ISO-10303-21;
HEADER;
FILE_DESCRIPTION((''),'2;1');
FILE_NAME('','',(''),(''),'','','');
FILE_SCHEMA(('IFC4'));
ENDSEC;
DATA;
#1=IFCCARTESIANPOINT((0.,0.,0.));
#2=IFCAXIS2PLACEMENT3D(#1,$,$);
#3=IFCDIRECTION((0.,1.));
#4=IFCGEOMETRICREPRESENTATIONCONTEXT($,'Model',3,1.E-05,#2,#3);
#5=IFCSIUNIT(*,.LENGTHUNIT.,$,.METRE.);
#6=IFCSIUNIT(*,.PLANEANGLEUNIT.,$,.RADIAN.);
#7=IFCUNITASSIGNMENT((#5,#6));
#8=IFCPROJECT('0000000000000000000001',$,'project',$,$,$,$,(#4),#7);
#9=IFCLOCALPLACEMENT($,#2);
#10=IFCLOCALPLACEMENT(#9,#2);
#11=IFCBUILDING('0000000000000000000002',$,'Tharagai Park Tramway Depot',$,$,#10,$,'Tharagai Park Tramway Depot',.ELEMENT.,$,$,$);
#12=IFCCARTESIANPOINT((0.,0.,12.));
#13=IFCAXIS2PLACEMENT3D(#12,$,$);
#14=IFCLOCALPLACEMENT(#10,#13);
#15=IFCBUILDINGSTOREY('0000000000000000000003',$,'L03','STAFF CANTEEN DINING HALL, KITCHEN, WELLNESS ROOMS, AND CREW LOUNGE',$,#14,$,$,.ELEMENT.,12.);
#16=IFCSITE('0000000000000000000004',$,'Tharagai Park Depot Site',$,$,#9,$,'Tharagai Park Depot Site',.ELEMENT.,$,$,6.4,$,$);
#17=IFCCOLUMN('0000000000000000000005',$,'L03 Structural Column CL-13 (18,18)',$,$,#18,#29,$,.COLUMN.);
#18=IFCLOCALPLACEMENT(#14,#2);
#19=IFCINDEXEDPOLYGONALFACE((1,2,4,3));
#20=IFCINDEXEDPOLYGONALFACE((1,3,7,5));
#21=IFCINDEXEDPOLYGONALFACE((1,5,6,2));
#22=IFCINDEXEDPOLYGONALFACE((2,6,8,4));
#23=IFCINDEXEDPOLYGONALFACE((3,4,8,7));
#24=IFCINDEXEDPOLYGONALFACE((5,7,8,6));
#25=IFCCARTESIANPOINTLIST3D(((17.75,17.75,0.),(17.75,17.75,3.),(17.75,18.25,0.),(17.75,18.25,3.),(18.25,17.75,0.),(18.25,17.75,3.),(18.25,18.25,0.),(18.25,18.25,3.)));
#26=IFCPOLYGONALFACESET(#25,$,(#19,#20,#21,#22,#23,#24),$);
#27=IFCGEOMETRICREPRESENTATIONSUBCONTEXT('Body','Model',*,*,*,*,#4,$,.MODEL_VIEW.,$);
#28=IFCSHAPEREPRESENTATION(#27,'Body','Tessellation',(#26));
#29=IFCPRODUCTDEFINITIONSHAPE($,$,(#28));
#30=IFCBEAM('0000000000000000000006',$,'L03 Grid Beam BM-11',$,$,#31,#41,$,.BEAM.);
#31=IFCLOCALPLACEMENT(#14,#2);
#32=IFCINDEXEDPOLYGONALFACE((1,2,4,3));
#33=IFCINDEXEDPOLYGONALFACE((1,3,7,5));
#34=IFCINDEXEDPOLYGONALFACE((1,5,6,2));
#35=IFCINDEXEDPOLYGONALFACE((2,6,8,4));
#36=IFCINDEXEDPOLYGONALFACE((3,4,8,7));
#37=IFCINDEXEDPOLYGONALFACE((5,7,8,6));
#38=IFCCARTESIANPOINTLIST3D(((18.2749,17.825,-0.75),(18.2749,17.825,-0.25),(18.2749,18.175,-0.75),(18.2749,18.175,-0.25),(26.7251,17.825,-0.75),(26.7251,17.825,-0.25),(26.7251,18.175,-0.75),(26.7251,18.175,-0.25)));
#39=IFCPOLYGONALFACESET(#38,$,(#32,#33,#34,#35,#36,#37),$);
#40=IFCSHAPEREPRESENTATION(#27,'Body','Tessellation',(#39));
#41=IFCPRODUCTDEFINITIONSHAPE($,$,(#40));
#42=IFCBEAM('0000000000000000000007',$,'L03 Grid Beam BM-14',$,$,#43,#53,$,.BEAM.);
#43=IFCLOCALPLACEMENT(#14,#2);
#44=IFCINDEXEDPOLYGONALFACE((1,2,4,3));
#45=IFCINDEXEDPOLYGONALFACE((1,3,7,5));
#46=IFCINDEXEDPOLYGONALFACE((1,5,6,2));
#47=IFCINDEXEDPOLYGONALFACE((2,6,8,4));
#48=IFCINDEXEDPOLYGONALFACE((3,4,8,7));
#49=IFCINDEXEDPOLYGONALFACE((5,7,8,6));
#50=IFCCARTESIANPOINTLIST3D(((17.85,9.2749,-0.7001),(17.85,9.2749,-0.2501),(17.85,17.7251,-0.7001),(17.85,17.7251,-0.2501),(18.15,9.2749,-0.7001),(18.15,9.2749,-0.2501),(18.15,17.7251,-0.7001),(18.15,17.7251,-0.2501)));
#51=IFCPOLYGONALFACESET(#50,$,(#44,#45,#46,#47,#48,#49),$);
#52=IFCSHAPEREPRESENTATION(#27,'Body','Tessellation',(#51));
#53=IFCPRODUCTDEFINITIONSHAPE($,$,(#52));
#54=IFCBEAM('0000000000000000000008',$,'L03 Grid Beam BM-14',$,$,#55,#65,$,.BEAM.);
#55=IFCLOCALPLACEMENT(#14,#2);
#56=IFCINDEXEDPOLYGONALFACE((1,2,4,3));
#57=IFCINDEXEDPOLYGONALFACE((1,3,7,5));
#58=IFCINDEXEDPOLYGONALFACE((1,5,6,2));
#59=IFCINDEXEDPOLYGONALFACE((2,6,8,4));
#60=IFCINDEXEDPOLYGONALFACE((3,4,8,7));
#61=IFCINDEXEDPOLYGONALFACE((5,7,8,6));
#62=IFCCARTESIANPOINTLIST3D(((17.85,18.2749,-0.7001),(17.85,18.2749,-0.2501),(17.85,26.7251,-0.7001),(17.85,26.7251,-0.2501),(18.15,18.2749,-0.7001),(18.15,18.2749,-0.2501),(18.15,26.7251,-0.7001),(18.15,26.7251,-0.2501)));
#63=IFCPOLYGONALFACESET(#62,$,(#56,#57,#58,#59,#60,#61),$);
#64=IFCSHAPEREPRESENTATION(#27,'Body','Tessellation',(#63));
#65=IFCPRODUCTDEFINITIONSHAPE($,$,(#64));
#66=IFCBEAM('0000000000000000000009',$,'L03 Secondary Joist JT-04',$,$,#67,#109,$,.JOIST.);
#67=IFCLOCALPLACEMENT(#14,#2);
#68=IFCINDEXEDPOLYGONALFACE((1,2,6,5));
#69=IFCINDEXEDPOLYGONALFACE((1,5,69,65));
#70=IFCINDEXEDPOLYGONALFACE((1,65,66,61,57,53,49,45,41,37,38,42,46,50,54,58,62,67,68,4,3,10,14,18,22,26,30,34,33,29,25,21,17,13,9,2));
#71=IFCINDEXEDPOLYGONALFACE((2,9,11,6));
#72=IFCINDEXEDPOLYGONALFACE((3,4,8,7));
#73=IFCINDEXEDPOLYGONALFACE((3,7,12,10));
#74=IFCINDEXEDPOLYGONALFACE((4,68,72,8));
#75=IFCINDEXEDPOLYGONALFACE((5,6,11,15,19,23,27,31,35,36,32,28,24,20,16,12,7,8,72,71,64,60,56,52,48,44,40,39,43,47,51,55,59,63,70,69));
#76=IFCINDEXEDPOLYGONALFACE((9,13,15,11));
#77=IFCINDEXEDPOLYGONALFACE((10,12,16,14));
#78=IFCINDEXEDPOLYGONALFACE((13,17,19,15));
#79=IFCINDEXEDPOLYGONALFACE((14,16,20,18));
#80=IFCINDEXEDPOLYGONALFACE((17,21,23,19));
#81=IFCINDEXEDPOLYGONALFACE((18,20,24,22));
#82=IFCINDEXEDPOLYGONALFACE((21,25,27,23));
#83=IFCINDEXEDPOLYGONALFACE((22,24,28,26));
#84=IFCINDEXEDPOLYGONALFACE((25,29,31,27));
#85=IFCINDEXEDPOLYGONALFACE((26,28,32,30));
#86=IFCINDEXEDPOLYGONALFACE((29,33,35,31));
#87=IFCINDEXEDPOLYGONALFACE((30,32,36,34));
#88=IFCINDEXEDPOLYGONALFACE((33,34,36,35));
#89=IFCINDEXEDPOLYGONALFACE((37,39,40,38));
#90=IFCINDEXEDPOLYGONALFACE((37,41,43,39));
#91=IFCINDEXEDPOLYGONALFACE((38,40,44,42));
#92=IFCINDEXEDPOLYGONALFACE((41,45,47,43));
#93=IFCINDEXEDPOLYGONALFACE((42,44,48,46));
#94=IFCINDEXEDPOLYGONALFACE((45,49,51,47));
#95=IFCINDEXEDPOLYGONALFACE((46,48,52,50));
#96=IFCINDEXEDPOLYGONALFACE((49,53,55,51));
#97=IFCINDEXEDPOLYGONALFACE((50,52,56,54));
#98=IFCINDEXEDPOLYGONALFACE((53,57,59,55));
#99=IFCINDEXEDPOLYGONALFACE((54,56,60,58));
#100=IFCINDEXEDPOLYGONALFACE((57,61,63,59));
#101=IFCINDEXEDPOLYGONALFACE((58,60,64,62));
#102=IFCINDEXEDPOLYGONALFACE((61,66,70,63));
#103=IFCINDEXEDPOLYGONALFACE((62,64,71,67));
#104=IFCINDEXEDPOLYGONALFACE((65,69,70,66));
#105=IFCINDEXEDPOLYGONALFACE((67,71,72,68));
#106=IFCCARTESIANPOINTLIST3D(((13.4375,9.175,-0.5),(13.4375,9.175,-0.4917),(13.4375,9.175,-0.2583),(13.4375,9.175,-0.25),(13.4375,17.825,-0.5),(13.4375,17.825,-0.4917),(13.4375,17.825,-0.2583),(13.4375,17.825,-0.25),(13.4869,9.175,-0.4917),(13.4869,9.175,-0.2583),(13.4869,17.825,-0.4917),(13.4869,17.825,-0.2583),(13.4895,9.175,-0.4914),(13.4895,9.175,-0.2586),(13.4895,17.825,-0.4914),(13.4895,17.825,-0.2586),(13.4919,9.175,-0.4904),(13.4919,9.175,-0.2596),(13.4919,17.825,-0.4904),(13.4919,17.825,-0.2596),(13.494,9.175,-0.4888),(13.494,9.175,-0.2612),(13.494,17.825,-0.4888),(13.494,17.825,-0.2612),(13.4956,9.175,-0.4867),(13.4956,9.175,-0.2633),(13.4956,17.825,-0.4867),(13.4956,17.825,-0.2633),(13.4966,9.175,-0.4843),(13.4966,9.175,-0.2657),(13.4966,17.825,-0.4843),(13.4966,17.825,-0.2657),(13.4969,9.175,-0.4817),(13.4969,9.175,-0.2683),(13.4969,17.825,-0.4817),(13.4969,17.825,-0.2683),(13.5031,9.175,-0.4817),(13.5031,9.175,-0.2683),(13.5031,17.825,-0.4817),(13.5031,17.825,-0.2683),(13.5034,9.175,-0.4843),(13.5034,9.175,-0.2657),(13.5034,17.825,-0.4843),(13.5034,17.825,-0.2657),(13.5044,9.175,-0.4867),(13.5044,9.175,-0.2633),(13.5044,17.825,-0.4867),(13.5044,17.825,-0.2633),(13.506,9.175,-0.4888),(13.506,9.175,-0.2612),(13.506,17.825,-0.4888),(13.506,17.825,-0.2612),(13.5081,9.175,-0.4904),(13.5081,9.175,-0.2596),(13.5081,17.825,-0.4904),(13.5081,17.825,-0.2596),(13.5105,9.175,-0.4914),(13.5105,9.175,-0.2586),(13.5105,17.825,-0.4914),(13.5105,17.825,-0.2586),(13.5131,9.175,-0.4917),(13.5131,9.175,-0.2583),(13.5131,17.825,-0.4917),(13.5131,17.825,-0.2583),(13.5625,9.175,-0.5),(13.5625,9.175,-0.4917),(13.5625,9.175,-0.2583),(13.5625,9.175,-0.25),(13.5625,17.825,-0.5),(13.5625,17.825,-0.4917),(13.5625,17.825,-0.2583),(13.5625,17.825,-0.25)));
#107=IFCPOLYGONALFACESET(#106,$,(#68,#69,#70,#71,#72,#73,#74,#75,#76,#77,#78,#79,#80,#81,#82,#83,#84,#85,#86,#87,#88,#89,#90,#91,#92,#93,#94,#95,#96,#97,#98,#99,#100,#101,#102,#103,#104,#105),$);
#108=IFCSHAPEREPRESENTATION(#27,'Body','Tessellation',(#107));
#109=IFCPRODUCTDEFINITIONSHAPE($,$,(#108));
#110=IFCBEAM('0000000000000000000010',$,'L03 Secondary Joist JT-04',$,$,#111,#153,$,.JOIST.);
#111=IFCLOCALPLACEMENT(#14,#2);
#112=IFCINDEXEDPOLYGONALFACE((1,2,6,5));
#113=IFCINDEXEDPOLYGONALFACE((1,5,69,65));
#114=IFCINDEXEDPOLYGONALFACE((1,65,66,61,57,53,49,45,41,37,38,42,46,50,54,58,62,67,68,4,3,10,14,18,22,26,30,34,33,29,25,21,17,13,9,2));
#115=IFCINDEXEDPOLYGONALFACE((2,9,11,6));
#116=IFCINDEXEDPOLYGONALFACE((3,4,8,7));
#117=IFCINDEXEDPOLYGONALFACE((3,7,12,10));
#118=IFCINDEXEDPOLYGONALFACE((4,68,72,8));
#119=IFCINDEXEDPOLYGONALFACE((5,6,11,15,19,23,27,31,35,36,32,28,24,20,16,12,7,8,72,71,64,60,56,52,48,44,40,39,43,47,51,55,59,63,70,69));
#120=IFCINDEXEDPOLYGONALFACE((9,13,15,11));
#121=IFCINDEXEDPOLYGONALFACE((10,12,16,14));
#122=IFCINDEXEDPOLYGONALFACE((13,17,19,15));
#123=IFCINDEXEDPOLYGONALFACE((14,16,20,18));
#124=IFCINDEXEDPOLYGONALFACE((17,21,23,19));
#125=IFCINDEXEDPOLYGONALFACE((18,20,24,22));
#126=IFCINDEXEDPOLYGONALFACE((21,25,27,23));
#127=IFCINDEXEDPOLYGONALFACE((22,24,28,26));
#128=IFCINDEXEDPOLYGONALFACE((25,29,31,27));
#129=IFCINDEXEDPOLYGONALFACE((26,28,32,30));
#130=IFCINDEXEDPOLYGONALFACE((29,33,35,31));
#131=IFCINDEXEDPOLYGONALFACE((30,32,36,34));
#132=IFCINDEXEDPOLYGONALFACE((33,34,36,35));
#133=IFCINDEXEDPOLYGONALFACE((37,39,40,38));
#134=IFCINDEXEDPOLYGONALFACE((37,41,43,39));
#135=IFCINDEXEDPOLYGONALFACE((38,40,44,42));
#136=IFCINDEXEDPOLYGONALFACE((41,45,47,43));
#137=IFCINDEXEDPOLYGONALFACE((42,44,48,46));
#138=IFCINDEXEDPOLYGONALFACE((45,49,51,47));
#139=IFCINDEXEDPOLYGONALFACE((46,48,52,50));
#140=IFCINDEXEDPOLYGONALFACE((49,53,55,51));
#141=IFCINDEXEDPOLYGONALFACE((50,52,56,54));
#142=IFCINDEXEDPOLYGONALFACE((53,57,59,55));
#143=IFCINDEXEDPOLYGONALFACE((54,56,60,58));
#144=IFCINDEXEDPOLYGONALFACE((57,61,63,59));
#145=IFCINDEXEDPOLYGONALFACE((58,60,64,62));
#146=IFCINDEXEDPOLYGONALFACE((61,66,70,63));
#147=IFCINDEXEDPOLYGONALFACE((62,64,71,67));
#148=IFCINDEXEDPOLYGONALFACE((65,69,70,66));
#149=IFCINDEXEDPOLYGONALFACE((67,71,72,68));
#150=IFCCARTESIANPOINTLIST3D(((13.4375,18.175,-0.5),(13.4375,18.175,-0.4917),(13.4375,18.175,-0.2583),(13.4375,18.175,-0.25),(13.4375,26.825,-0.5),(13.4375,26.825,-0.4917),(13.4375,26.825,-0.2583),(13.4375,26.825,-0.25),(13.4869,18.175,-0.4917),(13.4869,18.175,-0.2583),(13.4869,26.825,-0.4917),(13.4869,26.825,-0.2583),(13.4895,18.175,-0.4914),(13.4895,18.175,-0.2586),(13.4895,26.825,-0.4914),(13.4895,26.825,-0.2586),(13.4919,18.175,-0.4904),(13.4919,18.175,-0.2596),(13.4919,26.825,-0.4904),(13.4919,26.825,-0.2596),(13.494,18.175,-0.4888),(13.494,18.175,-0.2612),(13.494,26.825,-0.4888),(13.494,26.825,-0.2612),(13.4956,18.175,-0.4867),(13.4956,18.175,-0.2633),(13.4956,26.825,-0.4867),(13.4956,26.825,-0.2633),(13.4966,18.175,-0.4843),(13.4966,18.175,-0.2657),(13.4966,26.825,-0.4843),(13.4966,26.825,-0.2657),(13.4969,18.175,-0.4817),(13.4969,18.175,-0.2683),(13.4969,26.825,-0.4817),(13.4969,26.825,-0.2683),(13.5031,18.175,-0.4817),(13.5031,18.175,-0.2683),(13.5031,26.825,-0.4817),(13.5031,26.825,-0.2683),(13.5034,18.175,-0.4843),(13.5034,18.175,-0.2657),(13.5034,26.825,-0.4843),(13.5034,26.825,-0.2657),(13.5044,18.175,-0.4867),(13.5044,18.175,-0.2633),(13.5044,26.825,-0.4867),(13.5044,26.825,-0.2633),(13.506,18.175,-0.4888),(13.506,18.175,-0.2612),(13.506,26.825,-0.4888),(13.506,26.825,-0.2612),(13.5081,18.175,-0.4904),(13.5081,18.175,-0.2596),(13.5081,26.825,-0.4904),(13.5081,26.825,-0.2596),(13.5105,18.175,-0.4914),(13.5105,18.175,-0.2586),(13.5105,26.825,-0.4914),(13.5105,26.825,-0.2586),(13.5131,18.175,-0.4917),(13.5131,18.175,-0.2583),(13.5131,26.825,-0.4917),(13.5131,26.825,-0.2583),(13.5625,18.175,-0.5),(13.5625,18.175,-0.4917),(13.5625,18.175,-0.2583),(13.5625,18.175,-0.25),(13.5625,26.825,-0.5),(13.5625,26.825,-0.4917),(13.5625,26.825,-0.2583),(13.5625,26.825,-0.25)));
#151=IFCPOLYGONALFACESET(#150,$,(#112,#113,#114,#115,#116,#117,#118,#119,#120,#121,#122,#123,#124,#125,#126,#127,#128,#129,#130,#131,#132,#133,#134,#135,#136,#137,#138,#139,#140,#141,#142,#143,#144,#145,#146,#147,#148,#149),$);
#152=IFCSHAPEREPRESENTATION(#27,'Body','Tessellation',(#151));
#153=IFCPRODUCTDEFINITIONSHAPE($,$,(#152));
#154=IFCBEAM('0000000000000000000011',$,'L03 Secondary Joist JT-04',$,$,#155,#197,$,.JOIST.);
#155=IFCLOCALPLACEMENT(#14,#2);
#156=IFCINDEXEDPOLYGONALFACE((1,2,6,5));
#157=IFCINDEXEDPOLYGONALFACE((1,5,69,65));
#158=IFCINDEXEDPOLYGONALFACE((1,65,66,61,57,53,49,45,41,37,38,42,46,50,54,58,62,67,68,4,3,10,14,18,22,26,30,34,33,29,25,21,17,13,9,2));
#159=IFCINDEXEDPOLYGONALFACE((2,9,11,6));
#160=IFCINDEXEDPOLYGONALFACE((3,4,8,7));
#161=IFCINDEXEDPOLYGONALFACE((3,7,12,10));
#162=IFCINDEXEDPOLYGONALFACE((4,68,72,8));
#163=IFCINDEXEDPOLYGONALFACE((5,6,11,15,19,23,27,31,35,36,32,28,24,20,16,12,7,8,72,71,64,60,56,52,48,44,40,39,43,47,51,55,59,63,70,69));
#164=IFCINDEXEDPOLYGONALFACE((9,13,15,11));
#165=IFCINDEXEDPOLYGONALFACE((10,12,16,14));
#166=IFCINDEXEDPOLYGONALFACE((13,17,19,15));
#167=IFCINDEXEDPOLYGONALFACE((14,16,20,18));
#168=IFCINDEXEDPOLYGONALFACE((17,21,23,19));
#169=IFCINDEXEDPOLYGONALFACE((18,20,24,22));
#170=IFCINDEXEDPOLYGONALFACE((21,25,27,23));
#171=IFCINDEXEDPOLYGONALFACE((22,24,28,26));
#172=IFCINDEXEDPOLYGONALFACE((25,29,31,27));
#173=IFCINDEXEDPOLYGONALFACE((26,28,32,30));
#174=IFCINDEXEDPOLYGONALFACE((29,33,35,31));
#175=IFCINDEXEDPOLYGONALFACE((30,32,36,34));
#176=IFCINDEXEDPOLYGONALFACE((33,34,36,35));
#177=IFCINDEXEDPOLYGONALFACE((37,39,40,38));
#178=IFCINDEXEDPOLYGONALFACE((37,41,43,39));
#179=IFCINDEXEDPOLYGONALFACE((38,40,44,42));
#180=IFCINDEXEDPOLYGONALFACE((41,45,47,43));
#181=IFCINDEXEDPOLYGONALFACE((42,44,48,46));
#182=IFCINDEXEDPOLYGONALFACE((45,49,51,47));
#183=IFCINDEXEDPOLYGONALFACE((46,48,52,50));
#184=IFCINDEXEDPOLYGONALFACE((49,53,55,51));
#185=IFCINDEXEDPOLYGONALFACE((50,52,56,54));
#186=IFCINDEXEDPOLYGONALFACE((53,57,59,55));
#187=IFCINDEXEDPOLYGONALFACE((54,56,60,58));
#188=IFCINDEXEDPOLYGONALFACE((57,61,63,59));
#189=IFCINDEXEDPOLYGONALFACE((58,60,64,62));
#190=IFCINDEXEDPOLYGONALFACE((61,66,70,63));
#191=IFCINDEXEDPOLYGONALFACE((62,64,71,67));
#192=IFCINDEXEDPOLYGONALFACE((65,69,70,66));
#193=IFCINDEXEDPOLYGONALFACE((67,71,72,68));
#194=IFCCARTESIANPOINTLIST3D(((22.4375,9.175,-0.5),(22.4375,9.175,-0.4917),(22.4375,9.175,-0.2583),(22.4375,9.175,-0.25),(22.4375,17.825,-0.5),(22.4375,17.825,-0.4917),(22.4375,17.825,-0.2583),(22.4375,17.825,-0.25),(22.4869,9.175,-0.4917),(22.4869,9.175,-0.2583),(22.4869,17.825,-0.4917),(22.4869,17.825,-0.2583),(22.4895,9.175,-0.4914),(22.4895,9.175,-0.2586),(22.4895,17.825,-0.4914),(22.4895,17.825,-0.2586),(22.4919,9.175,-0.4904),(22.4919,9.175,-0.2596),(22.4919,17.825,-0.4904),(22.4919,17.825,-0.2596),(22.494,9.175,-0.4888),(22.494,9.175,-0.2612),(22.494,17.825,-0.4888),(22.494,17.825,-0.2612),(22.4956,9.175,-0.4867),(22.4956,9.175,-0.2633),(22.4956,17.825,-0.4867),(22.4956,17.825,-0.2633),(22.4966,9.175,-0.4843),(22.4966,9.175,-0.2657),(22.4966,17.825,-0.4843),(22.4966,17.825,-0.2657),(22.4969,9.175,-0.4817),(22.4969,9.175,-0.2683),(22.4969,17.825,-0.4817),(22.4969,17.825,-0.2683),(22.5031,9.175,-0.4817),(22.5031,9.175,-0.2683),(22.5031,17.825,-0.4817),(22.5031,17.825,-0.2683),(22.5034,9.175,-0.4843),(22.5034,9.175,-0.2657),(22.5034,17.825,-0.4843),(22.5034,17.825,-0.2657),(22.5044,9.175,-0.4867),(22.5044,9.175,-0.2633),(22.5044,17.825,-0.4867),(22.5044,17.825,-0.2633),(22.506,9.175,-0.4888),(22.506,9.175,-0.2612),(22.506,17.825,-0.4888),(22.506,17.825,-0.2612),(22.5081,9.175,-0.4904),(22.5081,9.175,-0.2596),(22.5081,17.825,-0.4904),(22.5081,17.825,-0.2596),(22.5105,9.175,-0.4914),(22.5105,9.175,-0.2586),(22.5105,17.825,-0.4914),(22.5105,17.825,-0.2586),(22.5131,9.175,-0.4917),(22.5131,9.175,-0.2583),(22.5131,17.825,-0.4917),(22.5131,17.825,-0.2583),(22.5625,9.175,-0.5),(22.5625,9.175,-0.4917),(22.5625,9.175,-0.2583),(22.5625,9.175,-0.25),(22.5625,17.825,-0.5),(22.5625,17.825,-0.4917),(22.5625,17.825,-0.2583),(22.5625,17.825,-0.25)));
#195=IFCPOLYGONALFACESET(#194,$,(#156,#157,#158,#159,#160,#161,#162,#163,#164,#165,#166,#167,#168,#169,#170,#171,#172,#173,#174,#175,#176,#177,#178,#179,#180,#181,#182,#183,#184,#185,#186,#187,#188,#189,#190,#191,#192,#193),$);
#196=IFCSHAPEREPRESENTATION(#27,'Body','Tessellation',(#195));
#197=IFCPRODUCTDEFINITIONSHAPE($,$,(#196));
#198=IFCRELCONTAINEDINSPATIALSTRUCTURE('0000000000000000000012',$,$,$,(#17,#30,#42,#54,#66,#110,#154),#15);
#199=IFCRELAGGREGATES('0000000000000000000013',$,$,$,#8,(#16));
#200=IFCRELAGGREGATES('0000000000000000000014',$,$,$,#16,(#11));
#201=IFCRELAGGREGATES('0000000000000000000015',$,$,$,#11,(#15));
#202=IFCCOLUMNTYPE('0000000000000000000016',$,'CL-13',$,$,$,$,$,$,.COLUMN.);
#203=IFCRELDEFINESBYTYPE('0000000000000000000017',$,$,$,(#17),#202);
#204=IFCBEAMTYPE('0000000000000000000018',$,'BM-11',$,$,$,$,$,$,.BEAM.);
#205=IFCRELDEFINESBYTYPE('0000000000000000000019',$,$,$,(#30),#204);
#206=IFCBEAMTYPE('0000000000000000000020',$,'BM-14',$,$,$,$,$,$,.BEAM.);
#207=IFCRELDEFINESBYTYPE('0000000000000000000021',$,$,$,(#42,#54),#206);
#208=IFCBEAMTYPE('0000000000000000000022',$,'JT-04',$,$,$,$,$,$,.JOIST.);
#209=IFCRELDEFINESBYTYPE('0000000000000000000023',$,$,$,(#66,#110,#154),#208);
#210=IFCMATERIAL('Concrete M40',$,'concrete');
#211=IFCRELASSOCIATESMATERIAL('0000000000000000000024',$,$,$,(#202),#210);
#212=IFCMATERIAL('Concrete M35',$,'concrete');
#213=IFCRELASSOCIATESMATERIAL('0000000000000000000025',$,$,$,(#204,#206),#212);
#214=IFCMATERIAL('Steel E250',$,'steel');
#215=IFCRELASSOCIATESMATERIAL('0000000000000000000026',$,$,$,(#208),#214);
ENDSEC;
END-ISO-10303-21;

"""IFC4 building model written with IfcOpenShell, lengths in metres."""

from ifc_helpers import new_model, si_unit, direction, frame, origin, origin_2d, place, context, subcontext, project, spatial, rectangle, i_section, extrude, material, material_profile, profile_set, type_object, element, save


model = new_model("IFC4")

# Units and contexts
model_context = context("Model", 3, precision=1e-05, world=origin(), true_north=direction((0.0, 1.0)))
body_context = subcontext(model_context, "Body", "Model", "MODEL_VIEW")
ifc_project = project(units=[si_unit("LENGTHUNIT", "METRE"), si_unit("PLANEANGLEUNIT", "RADIAN")], contexts=[model_context])

# Site, building, storey
site_placement = place(None, origin())
site = spatial("IfcSite", under=ifc_project, at=site_placement, Name="Tharagai Park Depot Site", LongName="Tharagai Park Depot Site", CompositionType="ELEMENT", RefElevation=6.4)
building_placement = place(site_placement, origin())
building = spatial("IfcBuilding", under=site, at=building_placement, Name="Tharagai Park Tramway Depot", LongName="Tharagai Park Tramway Depot", CompositionType="ELEMENT")
storey_placement = place(building_placement, frame((0.0, 0.0, 12.0)))
storey = spatial("IfcBuildingStorey", under=building, at=storey_placement, Name="L03", Description="STAFF CANTEEN DINING HALL, KITCHEN, WELLNESS ROOMS, AND CREW LOUNGE", CompositionType="ELEMENT", Elevation=12.0)

# Column
ifc_material_1 = material(Name="Concrete M40", Category="concrete")
ifc_material_profile_1 = material_profile(ifc_material_1, rectangle(XDim=0.5, YDim=0.5, at=origin_2d()), Name="RC 500x500")
ifc_profile_set_1 = profile_set([ifc_material_profile_1], Name="Concrete M40")
column_type = type_object("IfcColumnType", Name="CL-13", PredefinedType="COLUMN", material=ifc_profile_set_1)
column_placement = place(storey_placement, frame((18.0, 18.0, 0.0), z_axis=(0.0, 0.0, 1.0), x_axis=(1.0, 0.0, 0.0)))
element("IfcColumn", 1, at=column_placement, inside=storey, type_object=column_type, Name="L03 Structural Column CL-13 (18,18)", PredefinedType="COLUMN", context=body_context, shape_type="SweptSolid", body=[
    extrude(rectangle(XDim=0.5, YDim=0.5, at=origin_2d()), origin(), (0.0, 0.0, 1.0), 3.0),
])

# Beams
ifc_material_2 = material(Name="Concrete M35", Category="concrete")
ifc_material_profile_2 = material_profile(ifc_material_2, rectangle(XDim=0.3501, YDim=0.5, at=origin_2d()), Name="RC 350x500")
ifc_profile_set_2 = profile_set([ifc_material_profile_2], Name="Concrete M35")
beam_type_1 = type_object("IfcBeamType", Name="BM-11", PredefinedType="BEAM", material=ifc_profile_set_2)
beam_placement = place(storey_placement, frame((18.2749, 18.0, -0.5), z_axis=(1.0, 0.0, 0.0), x_axis=(0.0, 1.0, 0.0)))
element("IfcBeam", 2, at=beam_placement, inside=storey, type_object=beam_type_1, Name="L03 Grid Beam BM-11", PredefinedType="BEAM", context=body_context, shape_type="SweptSolid", body=[
    extrude(rectangle(XDim=0.3501, YDim=0.5, at=origin_2d()), origin(), (0.0, 0.0, 1.0), 8.4502),
])
ifc_material_profile_3 = material_profile(ifc_material_2, rectangle(XDim=0.3, YDim=0.45, at=origin_2d()), Name="RC 300x450")
ifc_profile_set_3 = profile_set([ifc_material_profile_3], Name="Concrete M35")
beam_type_2 = type_object("IfcBeamType", Name="BM-14", PredefinedType="BEAM", material=ifc_profile_set_3)
for number, where, z_axis, x_axis, name in (
    (3, (18.0, 9.2749, -0.4751), (0.0, 1.0, 0.0), (-1.0, 0.0, 0.0), "L03 Grid Beam BM-14"),
    (4, (18.0, 18.2749, -0.4751), (0.0, 1.0, 0.0), (-1.0, 0.0, 0.0), "L03 Grid Beam BM-14"),
):
    element("IfcBeam", number, at=place(storey_placement, frame(where, z_axis=z_axis, x_axis=x_axis)), inside=storey, type_object=beam_type_2, Name=name, PredefinedType="BEAM", context=body_context, shape_type="SweptSolid", body=[
        extrude(rectangle(XDim=0.3, YDim=0.45, at=origin_2d()), origin(), (0.0, 0.0, 1.0), 8.4502),
    ])
ifc_material_3 = material(Name="Steel E250", Category="steel")
ifc_material_profile_4 = material_profile(ifc_material_3, i_section(OverallWidth=0.125, OverallDepth=0.25, WebThickness=0.0061, FlangeThickness=0.0083, FilletRadius=0.01, at=origin_2d()), Name="ISLB 250")
ifc_profile_set_4 = profile_set([ifc_material_profile_4], Name="Steel E250")
beam_type_3 = type_object("IfcBeamType", Name="JT-04", PredefinedType="JOIST", material=ifc_profile_set_4)
for number, where, z_axis, x_axis, name in (
    (5, (13.5, 9.175, -0.375), (0.0, 1.0, 0.0), (-1.0, 0.0, 0.0), "L03 Secondary Joist JT-04"),
    (6, (13.5, 18.175, -0.375), (0.0, 1.0, 0.0), (-1.0, 0.0, 0.0), "L03 Secondary Joist JT-04"),
    (7, (22.5, 9.175, -0.375), (0.0, 1.0, 0.0), (-1.0, 0.0, 0.0), "L03 Secondary Joist JT-04"),
):
    element("IfcBeam", number, at=place(storey_placement, frame(where, z_axis=z_axis, x_axis=x_axis)), inside=storey, type_object=beam_type_3, Name=name, PredefinedType="JOIST", context=body_context, shape_type="SweptSolid", body=[
        extrude(i_section(OverallWidth=0.125, OverallDepth=0.25, WebThickness=0.0061, FlangeThickness=0.0083, FilletRadius=0.01, at=origin_2d()), origin(), (0.0, 0.0, 1.0), 8.6499),
    ])

save(model, "model.ifc")
